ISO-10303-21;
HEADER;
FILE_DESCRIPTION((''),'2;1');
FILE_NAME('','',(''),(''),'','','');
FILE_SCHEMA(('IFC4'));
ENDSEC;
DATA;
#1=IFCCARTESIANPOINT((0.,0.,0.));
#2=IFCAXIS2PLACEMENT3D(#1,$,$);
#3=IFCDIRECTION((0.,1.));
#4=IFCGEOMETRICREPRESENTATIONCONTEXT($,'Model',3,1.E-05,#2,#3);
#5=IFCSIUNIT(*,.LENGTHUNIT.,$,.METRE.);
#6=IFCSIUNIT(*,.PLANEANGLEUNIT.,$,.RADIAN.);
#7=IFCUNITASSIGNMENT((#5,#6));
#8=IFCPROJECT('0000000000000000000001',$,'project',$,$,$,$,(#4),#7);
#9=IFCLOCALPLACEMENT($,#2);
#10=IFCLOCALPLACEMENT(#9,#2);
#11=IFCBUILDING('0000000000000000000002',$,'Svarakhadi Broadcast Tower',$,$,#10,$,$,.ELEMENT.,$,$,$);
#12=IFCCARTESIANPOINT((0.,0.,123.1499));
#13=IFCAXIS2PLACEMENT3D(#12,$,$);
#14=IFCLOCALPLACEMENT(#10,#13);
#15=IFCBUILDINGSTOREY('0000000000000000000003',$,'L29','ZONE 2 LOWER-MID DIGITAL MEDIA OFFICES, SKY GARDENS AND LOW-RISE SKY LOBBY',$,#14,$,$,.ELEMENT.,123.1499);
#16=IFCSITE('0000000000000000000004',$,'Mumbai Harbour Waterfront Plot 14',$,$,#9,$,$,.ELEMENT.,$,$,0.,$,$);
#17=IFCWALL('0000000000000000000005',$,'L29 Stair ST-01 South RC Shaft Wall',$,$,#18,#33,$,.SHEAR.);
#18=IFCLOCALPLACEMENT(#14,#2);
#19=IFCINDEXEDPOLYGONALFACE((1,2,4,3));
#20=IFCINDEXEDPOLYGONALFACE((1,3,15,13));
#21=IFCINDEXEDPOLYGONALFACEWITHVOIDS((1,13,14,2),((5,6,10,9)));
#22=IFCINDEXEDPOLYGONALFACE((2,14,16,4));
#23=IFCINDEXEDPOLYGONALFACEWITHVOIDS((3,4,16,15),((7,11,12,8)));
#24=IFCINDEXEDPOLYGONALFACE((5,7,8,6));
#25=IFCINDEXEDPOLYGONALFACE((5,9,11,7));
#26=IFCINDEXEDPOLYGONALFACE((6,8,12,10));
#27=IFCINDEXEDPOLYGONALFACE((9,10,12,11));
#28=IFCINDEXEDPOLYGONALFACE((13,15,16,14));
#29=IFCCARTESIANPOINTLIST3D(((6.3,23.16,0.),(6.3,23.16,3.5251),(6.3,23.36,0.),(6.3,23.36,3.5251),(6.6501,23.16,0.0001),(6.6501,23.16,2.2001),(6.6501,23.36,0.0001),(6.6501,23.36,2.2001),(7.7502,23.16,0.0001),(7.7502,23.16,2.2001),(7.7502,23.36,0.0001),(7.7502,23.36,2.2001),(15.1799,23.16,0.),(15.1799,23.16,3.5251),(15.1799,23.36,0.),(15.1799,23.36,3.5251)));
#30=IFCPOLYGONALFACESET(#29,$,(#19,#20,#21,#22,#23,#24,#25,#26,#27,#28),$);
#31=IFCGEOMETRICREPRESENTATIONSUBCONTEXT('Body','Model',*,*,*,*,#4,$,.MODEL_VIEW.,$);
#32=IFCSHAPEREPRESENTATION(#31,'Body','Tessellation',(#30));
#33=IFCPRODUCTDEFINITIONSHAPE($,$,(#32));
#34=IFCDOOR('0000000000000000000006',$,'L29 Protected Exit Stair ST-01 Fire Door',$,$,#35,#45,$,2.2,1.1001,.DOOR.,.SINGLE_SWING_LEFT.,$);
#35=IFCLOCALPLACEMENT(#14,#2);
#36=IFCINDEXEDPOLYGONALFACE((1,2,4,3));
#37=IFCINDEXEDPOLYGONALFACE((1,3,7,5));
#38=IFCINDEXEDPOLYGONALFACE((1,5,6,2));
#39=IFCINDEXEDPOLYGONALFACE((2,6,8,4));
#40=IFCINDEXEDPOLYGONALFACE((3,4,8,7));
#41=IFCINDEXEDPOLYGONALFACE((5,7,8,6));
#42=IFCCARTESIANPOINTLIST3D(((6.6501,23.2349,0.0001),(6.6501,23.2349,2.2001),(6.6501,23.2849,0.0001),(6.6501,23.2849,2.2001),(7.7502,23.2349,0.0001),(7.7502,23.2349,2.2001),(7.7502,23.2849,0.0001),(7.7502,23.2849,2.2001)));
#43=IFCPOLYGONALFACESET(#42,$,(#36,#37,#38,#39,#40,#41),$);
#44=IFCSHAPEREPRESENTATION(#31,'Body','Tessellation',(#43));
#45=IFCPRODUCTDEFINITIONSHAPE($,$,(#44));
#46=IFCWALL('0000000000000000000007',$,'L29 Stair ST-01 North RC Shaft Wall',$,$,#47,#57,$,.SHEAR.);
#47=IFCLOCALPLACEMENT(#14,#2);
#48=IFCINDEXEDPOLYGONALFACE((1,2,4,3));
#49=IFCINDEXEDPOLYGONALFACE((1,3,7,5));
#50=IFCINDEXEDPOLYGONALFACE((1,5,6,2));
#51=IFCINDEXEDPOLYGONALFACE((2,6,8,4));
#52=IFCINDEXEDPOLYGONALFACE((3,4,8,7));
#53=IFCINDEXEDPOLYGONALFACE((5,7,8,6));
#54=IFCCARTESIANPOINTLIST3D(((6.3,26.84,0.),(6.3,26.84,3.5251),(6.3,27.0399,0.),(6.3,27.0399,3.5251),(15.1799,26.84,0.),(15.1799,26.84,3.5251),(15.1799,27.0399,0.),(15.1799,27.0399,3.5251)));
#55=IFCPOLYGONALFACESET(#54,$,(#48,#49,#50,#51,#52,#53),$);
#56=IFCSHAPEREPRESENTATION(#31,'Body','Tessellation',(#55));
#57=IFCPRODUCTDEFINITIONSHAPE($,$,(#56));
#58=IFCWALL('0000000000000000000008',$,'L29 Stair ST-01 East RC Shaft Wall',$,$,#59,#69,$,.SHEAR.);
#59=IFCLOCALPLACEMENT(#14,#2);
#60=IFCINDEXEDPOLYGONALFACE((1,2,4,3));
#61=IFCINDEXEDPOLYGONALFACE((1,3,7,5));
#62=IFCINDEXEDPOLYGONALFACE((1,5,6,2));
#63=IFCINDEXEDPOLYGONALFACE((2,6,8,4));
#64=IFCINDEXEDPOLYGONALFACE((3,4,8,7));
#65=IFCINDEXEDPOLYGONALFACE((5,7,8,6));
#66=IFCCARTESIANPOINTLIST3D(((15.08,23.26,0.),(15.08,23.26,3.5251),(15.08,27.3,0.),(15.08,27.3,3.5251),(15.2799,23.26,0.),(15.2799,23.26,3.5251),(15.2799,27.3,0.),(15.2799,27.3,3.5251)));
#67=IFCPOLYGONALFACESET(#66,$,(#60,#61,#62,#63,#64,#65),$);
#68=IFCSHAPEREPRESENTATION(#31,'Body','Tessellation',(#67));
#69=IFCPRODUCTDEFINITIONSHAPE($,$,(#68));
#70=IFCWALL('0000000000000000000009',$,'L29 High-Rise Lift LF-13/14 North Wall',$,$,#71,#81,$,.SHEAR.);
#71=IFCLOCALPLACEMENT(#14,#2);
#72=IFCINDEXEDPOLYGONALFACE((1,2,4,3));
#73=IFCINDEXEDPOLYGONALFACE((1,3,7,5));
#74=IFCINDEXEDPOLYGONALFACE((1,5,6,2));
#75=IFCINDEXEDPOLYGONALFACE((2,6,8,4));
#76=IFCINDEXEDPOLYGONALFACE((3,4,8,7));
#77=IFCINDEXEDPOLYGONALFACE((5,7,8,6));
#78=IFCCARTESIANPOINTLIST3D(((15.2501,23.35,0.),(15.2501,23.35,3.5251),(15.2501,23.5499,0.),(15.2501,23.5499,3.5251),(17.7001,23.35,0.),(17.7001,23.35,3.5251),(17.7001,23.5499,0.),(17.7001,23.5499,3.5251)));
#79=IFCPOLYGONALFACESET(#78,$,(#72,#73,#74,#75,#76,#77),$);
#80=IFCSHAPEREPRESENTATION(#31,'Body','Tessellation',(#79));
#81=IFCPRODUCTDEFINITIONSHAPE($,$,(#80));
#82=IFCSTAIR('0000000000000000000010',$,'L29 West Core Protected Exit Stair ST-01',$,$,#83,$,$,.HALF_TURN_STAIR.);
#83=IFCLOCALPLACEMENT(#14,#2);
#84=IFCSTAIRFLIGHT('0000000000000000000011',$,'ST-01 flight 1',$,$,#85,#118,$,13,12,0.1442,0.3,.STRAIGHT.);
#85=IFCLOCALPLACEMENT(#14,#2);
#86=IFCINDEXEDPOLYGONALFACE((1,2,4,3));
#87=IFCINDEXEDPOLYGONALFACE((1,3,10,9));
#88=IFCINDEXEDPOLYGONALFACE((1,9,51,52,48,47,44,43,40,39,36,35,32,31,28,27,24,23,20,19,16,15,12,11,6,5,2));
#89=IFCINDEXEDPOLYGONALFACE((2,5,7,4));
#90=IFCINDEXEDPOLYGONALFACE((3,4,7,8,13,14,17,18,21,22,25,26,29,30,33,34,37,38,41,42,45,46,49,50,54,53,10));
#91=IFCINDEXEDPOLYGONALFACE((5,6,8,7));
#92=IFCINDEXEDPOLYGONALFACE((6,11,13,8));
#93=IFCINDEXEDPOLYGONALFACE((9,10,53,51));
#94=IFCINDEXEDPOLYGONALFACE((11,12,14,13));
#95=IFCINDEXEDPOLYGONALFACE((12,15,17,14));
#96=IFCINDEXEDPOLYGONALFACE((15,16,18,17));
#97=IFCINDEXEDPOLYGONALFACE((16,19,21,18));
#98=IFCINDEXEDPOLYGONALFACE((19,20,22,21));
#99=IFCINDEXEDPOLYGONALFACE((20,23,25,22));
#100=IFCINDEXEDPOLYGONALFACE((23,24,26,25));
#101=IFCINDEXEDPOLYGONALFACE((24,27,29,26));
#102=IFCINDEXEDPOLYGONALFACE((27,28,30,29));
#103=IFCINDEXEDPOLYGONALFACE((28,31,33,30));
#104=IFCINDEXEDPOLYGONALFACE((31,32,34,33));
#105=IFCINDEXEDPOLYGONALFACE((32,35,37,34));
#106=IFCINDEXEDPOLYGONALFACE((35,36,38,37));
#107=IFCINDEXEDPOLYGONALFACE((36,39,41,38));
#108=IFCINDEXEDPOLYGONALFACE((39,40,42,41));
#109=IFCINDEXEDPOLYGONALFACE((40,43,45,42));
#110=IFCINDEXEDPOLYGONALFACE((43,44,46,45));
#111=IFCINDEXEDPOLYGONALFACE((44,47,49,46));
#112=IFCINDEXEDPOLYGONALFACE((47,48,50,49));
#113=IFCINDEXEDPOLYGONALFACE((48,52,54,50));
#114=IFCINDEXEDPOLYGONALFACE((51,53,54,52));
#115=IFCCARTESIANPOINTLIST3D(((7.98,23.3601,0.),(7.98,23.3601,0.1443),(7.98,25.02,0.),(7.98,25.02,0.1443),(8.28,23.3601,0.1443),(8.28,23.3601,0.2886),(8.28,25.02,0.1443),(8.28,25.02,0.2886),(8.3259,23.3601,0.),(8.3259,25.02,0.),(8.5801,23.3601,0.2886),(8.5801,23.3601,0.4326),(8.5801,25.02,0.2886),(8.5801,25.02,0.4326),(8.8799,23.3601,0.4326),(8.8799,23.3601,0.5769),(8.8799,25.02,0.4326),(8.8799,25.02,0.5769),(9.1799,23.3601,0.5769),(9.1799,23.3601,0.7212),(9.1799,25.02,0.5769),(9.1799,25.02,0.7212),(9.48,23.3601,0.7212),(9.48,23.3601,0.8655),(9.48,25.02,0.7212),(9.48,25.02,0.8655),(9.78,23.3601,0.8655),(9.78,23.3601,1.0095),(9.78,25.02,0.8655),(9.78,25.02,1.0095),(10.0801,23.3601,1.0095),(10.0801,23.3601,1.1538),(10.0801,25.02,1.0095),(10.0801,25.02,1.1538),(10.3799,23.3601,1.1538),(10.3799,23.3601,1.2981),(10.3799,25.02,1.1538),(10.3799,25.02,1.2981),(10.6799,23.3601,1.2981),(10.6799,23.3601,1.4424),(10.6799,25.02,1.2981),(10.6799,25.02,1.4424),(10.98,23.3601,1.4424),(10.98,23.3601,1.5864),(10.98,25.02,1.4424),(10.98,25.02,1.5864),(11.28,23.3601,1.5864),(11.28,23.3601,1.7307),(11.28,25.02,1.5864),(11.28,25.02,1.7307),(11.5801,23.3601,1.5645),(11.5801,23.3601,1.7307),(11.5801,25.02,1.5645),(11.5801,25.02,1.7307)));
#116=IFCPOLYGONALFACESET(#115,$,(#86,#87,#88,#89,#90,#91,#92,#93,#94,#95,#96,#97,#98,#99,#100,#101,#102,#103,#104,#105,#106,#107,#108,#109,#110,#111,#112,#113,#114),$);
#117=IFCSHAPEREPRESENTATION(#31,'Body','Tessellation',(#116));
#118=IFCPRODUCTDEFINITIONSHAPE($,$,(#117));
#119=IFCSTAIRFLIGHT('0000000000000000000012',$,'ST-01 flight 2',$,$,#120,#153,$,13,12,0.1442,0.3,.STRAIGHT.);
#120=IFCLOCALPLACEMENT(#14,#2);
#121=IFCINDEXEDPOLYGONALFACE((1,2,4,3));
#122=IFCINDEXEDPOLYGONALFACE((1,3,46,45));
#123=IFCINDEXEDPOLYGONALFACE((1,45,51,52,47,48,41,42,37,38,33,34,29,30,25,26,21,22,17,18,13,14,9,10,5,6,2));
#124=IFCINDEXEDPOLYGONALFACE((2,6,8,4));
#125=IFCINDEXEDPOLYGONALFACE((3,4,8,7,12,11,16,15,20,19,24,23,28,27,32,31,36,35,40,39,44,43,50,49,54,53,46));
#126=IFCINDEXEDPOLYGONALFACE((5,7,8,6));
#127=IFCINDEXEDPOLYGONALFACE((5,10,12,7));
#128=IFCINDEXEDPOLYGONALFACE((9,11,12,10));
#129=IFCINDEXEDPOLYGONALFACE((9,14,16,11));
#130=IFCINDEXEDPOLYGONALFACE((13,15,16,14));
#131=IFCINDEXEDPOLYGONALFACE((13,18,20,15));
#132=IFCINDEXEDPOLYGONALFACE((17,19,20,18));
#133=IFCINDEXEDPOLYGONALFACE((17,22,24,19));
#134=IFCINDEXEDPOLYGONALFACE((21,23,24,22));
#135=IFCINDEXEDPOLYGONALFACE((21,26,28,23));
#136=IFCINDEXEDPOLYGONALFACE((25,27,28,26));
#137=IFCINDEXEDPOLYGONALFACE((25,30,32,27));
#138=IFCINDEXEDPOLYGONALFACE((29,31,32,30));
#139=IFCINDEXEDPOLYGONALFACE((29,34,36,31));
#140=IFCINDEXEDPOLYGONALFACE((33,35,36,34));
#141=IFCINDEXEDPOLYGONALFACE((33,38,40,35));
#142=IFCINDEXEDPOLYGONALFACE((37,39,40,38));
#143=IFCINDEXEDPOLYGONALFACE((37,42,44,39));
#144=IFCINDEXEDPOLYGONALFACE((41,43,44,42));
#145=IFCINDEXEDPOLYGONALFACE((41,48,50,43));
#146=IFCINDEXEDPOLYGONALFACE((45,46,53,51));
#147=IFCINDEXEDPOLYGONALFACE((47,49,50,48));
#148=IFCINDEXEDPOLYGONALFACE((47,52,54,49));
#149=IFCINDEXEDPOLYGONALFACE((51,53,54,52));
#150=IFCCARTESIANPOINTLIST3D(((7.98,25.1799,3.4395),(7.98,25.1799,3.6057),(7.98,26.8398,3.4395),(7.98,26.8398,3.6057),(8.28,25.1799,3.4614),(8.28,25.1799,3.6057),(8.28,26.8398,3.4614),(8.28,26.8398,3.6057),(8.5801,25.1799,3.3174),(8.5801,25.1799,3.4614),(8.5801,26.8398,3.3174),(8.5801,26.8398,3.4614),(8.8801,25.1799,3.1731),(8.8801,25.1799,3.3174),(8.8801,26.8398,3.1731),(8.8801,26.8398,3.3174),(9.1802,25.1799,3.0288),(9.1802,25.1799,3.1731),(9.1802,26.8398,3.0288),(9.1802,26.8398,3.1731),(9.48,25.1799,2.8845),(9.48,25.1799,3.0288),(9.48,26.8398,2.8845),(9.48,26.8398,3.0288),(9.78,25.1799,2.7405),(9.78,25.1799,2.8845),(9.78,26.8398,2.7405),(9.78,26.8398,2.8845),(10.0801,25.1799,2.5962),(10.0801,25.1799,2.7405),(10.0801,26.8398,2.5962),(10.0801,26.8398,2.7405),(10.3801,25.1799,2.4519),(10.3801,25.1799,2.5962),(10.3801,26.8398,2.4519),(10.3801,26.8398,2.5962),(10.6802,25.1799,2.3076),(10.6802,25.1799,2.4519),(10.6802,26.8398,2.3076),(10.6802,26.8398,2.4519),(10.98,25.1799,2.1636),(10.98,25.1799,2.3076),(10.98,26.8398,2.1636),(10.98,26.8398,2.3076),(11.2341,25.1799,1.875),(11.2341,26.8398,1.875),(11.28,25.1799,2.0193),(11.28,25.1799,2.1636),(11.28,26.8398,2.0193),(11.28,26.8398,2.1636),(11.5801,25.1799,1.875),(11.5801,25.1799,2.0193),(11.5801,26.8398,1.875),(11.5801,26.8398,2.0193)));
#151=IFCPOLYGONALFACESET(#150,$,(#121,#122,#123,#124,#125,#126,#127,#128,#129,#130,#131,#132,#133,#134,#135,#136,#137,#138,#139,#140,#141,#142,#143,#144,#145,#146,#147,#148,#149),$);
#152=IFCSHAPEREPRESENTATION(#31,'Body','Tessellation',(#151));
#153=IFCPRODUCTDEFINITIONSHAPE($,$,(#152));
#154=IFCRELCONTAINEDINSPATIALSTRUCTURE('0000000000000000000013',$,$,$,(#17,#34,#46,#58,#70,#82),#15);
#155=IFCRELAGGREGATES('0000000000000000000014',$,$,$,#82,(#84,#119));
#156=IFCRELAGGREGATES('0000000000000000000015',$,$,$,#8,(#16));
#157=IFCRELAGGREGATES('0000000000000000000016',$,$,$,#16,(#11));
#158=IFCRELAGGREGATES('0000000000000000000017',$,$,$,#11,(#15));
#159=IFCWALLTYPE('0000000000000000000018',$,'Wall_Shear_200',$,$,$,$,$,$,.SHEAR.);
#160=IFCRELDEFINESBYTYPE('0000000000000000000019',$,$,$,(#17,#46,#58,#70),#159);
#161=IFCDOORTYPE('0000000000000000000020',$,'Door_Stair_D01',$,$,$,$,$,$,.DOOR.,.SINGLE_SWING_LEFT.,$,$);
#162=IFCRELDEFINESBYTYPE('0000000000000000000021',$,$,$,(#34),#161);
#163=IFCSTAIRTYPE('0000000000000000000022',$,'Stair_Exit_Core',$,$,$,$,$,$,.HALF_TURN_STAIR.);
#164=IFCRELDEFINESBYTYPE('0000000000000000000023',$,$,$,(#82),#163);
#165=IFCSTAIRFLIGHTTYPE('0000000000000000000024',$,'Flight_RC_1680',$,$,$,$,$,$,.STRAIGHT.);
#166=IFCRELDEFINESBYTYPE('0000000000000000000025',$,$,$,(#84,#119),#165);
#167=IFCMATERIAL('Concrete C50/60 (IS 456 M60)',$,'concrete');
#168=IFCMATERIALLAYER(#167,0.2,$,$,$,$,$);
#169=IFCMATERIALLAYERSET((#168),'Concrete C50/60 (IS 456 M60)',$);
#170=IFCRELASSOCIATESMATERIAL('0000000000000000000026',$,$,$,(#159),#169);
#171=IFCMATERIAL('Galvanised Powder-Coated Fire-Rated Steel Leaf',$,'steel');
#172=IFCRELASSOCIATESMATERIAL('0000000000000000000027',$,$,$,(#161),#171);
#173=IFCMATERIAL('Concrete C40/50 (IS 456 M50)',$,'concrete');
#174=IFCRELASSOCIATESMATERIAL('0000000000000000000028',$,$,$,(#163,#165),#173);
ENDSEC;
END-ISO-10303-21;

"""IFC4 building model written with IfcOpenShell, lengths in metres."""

from ifc_helpers import new_model, si_unit, direction, frame, frame_2d, origin, place, context, subcontext, project, spatial, polyline, rectangle, outline, extrude, material, layer, layer_set, type_object, element, fill, aggregate, save


model = new_model("IFC4")

# Units and contexts
model_context = context("Model", 3, precision=1e-05, world=origin(), true_north=direction((0.0, 1.0)))
body_context = subcontext(model_context, "Body", "Model", "MODEL_VIEW")
ifc_project = project(units=[si_unit("LENGTHUNIT", "METRE"), si_unit("PLANEANGLEUNIT", "RADIAN")], contexts=[model_context])

# Site, building, storey
site_placement = place(None, origin())
site = spatial("IfcSite", under=ifc_project, at=site_placement, Name="Mumbai Harbour Waterfront Plot 14", CompositionType="ELEMENT", RefElevation=0.0)
building_placement = place(site_placement, origin())
building = spatial("IfcBuilding", under=site, at=building_placement, Name="Svarakhadi Broadcast Tower", CompositionType="ELEMENT")
storey_placement = place(building_placement, frame((0.0, 0.0, 123.1499)))
storey = spatial("IfcBuildingStorey", under=building, at=storey_placement, Name="L29", Description="ZONE 2 LOWER-MID DIGITAL MEDIA OFFICES, SKY GARDENS AND LOW-RISE SKY LOBBY", CompositionType="ELEMENT", Elevation=123.1499)

# Shared definitions
ifc_material_1 = material(Name="Concrete C50/60 (IS 456 M60)", Category="concrete")

# Shared definitions
ifc_material_2 = material(Name="Concrete C40/50 (IS 456 M50)", Category="concrete")

# Wall, opening, door
ifc_layer_1 = layer(ifc_material_1, 0.2)
ifc_layer_set_1 = layer_set([ifc_layer_1], Name="Concrete C50/60 (IS 456 M60)")
wall_type_1 = type_object("IfcWallType", Name="Wall_Shear_200", PredefinedType="SHEAR", material=ifc_layer_set_1)
wall_1_placement = place(storey_placement, frame((6.3, 23.26, 0.0), z_axis=(0.0, 0.0, 1.0), x_axis=(1.0, 0.0, 0.0)))
wall_1 = element("IfcWall", 1, at=wall_1_placement, inside=storey, type_object=wall_type_1, Name="L29 Stair ST-01 South RC Shaft Wall", PredefinedType="SHEAR", context=body_context, shape_type="SweptSolid", body=[
    extrude(rectangle(XDim=8.8799, YDim=0.2, at=frame_2d((4.4399, 0.0))), origin(), (0.0, 0.0, 1.0), 3.5251),
])
opening_1_placement = place(wall_1_placement, frame((0.3501, 0.0, 0.0)))
opening_1 = element("IfcOpeningElement", 2, at=opening_1_placement, cuts=wall_1, PredefinedType="OPENING", context=body_context, shape_type="SweptSolid", body=[
    extrude(rectangle(XDim=1.1001, YDim=2.2, at=frame_2d((0.55, 1.1001))), frame((0.0, 0.1099, 0.0), z_axis=(0.0, -1.0, 0.0), x_axis=(1.0, 0.0, 0.0)), (0.0, 0.0, 1.0), 0.22),
])
ifc_material_3 = material(Name="Galvanised Powder-Coated Fire-Rated Steel Leaf", Category="steel")
door_type_1 = type_object("IfcDoorType", Name="Door_Stair_D01", OperationType="SINGLE_SWING_LEFT", PredefinedType="DOOR", material=ifc_material_3)
door_1_placement = place(opening_1_placement, origin())
door_1 = element("IfcDoor", 3, at=door_1_placement, inside=storey, type_object=door_type_1, Name="L29 Protected Exit Stair ST-01 Fire Door", OperationType="SINGLE_SWING_LEFT", OverallHeight=2.2, OverallWidth=1.1001, PredefinedType="DOOR", context=body_context, shape_type="SweptSolid", body=[
    extrude(rectangle(XDim=1.1001, YDim=2.2, at=frame_2d((0.55, 1.1001))), frame((0.0, 0.0249, 0.0), z_axis=(0.0, -1.0, 0.0), x_axis=(1.0, 0.0, 0.0)), (0.0, 0.0, 1.0), 0.05),
])
fill(opening_1, door_1)

# Walls
wall_2_placement = place(storey_placement, frame((6.3, 26.9399, 0.0), z_axis=(0.0, 0.0, 1.0), x_axis=(1.0, 0.0, 0.0)))
element("IfcWall", 4, at=wall_2_placement, inside=storey, type_object=wall_type_1, Name="L29 Stair ST-01 North RC Shaft Wall", PredefinedType="SHEAR", context=body_context, shape_type="SweptSolid", body=[
    extrude(rectangle(XDim=8.8799, YDim=0.2, at=frame_2d((4.4399, 0.0))), origin(), (0.0, 0.0, 1.0), 3.5251),
])
wall_3_placement = place(storey_placement, frame((15.1799, 23.26, 0.0), z_axis=(0.0, 0.0, 1.0), x_axis=(0.0, 1.0, 0.0)))
element("IfcWall", 5, at=wall_3_placement, inside=storey, type_object=wall_type_1, Name="L29 Stair ST-01 East RC Shaft Wall", PredefinedType="SHEAR", context=body_context, shape_type="SweptSolid", body=[
    extrude(rectangle(XDim=4.04, YDim=0.2, at=frame_2d((2.02, 0.0))), origin(), (0.0, 0.0, 1.0), 3.5251),
])
wall_4_placement = place(storey_placement, frame((15.25, 23.45, 0.0), z_axis=(0.0, 0.0, 1.0), x_axis=(1.0, 0.0, 0.0)))
element("IfcWall", 6, at=wall_4_placement, inside=storey, type_object=wall_type_1, Name="L29 High-Rise Lift LF-13/14 North Wall", PredefinedType="SHEAR", context=body_context, shape_type="SweptSolid", body=[
    extrude(rectangle(XDim=2.45, YDim=0.2, at=frame_2d((1.2251, 0.0))), origin(), (0.0, 0.0, 1.0), 3.5251),
])

# Stair, stair flights
stair_type = type_object("IfcStairType", Name="Stair_Exit_Core", PredefinedType="HALF_TURN_STAIR", material=ifc_material_2)
stair_placement = place(storey_placement, origin())
stair = element("IfcStair", 7, at=stair_placement, inside=storey, type_object=stair_type, Name="L29 West Core Protected Exit Stair ST-01", PredefinedType="HALF_TURN_STAIR")
stair_flight_type = type_object("IfcStairFlightType", Name="Flight_RC_1680", PredefinedType="STRAIGHT", material=ifc_material_2)
stair_flight_1_placement = place(storey_placement, frame((7.98, 24.1899, 0.0), z_axis=(0.0, 0.0, 1.0), x_axis=(1.0, 0.0, 0.0)))
stair_flight_1 = element("IfcStairFlight", 8, at=stair_flight_1_placement, type_object=stair_flight_type, Name="ST-01 flight 1", NumberOfRisers=13, NumberOfTreads=12, PredefinedType="STRAIGHT", RiserHeight=0.1442, TreadLength=0.3, context=body_context, shape_type="SweptSolid", body=[
    extrude(outline(polyline([(0.0, 0.0), (0.0, 0.1443), (0.3, 0.1443), (0.3, 0.2886), (0.6001, 0.2886), (0.6001, 0.4326), (0.8999, 0.4326), (0.8999, 0.5769), (1.2, 0.5769), (1.2, 0.7212), (1.5, 0.7212), (1.5, 0.8655), (1.8, 0.8655), (1.8, 1.0095), (2.1001, 1.0095), (2.1001, 1.1538), (2.3999, 1.1538), (2.3999, 1.2981), (2.7, 1.2981), (2.7, 1.4424), (3.0, 1.4424), (3.0, 1.5864), (3.3, 1.5864), (3.3, 1.7307), (3.6001, 1.7307), (3.6001, 1.875), (3.6001, 1.5645), (0.3459, 0.0), (0.0, 0.0)])), frame((0.0, 0.8301, 0.0), z_axis=(0.0, -1.0, 0.0), x_axis=(1.0, 0.0, 0.0)), (0.0, 0.0, 1.0), 1.6599),
])
stair_flight_2_placement = place(storey_placement, frame((11.5801, 26.01, 1.875), z_axis=(0.0, 0.0, 1.0), x_axis=(-1.0, 0.0, 0.0)))
stair_flight_2 = element("IfcStairFlight", 9, at=stair_flight_2_placement, type_object=stair_flight_type, Name="ST-01 flight 2", NumberOfRisers=13, NumberOfTreads=12, PredefinedType="STRAIGHT", RiserHeight=0.1442, TreadLength=0.3, context=body_context, shape_type="SweptSolid", body=[
    extrude(outline(polyline([(0.0, 0.0), (0.0, 0.1443), (0.3, 0.1443), (0.3, 0.2886), (0.6001, 0.2886), (0.6001, 0.4326), (0.8999, 0.4326), (0.8999, 0.5769), (1.2, 0.5769), (1.2, 0.7212), (1.5, 0.7212), (1.5, 0.8655), (1.8, 0.8655), (1.8, 1.0095), (2.1001, 1.0095), (2.1001, 1.1538), (2.3999, 1.1538), (2.3999, 1.2981), (2.7, 1.2981), (2.7, 1.4424), (3.0, 1.4424), (3.0, 1.5864), (3.3, 1.5864), (3.3, 1.7307), (3.6001, 1.7307), (3.6001, 1.875), (3.6001, 1.5645), (0.3459, 0.0), (0.0, 0.0)])), frame((0.0, 0.8301, 0.0), z_axis=(0.0, -1.0, 0.0), x_axis=(1.0, 0.0, 0.0)), (0.0, 0.0, 1.0), 1.6599),
])
aggregate(stair, [stair_flight_1, stair_flight_2])

save(model, "model.ifc")
